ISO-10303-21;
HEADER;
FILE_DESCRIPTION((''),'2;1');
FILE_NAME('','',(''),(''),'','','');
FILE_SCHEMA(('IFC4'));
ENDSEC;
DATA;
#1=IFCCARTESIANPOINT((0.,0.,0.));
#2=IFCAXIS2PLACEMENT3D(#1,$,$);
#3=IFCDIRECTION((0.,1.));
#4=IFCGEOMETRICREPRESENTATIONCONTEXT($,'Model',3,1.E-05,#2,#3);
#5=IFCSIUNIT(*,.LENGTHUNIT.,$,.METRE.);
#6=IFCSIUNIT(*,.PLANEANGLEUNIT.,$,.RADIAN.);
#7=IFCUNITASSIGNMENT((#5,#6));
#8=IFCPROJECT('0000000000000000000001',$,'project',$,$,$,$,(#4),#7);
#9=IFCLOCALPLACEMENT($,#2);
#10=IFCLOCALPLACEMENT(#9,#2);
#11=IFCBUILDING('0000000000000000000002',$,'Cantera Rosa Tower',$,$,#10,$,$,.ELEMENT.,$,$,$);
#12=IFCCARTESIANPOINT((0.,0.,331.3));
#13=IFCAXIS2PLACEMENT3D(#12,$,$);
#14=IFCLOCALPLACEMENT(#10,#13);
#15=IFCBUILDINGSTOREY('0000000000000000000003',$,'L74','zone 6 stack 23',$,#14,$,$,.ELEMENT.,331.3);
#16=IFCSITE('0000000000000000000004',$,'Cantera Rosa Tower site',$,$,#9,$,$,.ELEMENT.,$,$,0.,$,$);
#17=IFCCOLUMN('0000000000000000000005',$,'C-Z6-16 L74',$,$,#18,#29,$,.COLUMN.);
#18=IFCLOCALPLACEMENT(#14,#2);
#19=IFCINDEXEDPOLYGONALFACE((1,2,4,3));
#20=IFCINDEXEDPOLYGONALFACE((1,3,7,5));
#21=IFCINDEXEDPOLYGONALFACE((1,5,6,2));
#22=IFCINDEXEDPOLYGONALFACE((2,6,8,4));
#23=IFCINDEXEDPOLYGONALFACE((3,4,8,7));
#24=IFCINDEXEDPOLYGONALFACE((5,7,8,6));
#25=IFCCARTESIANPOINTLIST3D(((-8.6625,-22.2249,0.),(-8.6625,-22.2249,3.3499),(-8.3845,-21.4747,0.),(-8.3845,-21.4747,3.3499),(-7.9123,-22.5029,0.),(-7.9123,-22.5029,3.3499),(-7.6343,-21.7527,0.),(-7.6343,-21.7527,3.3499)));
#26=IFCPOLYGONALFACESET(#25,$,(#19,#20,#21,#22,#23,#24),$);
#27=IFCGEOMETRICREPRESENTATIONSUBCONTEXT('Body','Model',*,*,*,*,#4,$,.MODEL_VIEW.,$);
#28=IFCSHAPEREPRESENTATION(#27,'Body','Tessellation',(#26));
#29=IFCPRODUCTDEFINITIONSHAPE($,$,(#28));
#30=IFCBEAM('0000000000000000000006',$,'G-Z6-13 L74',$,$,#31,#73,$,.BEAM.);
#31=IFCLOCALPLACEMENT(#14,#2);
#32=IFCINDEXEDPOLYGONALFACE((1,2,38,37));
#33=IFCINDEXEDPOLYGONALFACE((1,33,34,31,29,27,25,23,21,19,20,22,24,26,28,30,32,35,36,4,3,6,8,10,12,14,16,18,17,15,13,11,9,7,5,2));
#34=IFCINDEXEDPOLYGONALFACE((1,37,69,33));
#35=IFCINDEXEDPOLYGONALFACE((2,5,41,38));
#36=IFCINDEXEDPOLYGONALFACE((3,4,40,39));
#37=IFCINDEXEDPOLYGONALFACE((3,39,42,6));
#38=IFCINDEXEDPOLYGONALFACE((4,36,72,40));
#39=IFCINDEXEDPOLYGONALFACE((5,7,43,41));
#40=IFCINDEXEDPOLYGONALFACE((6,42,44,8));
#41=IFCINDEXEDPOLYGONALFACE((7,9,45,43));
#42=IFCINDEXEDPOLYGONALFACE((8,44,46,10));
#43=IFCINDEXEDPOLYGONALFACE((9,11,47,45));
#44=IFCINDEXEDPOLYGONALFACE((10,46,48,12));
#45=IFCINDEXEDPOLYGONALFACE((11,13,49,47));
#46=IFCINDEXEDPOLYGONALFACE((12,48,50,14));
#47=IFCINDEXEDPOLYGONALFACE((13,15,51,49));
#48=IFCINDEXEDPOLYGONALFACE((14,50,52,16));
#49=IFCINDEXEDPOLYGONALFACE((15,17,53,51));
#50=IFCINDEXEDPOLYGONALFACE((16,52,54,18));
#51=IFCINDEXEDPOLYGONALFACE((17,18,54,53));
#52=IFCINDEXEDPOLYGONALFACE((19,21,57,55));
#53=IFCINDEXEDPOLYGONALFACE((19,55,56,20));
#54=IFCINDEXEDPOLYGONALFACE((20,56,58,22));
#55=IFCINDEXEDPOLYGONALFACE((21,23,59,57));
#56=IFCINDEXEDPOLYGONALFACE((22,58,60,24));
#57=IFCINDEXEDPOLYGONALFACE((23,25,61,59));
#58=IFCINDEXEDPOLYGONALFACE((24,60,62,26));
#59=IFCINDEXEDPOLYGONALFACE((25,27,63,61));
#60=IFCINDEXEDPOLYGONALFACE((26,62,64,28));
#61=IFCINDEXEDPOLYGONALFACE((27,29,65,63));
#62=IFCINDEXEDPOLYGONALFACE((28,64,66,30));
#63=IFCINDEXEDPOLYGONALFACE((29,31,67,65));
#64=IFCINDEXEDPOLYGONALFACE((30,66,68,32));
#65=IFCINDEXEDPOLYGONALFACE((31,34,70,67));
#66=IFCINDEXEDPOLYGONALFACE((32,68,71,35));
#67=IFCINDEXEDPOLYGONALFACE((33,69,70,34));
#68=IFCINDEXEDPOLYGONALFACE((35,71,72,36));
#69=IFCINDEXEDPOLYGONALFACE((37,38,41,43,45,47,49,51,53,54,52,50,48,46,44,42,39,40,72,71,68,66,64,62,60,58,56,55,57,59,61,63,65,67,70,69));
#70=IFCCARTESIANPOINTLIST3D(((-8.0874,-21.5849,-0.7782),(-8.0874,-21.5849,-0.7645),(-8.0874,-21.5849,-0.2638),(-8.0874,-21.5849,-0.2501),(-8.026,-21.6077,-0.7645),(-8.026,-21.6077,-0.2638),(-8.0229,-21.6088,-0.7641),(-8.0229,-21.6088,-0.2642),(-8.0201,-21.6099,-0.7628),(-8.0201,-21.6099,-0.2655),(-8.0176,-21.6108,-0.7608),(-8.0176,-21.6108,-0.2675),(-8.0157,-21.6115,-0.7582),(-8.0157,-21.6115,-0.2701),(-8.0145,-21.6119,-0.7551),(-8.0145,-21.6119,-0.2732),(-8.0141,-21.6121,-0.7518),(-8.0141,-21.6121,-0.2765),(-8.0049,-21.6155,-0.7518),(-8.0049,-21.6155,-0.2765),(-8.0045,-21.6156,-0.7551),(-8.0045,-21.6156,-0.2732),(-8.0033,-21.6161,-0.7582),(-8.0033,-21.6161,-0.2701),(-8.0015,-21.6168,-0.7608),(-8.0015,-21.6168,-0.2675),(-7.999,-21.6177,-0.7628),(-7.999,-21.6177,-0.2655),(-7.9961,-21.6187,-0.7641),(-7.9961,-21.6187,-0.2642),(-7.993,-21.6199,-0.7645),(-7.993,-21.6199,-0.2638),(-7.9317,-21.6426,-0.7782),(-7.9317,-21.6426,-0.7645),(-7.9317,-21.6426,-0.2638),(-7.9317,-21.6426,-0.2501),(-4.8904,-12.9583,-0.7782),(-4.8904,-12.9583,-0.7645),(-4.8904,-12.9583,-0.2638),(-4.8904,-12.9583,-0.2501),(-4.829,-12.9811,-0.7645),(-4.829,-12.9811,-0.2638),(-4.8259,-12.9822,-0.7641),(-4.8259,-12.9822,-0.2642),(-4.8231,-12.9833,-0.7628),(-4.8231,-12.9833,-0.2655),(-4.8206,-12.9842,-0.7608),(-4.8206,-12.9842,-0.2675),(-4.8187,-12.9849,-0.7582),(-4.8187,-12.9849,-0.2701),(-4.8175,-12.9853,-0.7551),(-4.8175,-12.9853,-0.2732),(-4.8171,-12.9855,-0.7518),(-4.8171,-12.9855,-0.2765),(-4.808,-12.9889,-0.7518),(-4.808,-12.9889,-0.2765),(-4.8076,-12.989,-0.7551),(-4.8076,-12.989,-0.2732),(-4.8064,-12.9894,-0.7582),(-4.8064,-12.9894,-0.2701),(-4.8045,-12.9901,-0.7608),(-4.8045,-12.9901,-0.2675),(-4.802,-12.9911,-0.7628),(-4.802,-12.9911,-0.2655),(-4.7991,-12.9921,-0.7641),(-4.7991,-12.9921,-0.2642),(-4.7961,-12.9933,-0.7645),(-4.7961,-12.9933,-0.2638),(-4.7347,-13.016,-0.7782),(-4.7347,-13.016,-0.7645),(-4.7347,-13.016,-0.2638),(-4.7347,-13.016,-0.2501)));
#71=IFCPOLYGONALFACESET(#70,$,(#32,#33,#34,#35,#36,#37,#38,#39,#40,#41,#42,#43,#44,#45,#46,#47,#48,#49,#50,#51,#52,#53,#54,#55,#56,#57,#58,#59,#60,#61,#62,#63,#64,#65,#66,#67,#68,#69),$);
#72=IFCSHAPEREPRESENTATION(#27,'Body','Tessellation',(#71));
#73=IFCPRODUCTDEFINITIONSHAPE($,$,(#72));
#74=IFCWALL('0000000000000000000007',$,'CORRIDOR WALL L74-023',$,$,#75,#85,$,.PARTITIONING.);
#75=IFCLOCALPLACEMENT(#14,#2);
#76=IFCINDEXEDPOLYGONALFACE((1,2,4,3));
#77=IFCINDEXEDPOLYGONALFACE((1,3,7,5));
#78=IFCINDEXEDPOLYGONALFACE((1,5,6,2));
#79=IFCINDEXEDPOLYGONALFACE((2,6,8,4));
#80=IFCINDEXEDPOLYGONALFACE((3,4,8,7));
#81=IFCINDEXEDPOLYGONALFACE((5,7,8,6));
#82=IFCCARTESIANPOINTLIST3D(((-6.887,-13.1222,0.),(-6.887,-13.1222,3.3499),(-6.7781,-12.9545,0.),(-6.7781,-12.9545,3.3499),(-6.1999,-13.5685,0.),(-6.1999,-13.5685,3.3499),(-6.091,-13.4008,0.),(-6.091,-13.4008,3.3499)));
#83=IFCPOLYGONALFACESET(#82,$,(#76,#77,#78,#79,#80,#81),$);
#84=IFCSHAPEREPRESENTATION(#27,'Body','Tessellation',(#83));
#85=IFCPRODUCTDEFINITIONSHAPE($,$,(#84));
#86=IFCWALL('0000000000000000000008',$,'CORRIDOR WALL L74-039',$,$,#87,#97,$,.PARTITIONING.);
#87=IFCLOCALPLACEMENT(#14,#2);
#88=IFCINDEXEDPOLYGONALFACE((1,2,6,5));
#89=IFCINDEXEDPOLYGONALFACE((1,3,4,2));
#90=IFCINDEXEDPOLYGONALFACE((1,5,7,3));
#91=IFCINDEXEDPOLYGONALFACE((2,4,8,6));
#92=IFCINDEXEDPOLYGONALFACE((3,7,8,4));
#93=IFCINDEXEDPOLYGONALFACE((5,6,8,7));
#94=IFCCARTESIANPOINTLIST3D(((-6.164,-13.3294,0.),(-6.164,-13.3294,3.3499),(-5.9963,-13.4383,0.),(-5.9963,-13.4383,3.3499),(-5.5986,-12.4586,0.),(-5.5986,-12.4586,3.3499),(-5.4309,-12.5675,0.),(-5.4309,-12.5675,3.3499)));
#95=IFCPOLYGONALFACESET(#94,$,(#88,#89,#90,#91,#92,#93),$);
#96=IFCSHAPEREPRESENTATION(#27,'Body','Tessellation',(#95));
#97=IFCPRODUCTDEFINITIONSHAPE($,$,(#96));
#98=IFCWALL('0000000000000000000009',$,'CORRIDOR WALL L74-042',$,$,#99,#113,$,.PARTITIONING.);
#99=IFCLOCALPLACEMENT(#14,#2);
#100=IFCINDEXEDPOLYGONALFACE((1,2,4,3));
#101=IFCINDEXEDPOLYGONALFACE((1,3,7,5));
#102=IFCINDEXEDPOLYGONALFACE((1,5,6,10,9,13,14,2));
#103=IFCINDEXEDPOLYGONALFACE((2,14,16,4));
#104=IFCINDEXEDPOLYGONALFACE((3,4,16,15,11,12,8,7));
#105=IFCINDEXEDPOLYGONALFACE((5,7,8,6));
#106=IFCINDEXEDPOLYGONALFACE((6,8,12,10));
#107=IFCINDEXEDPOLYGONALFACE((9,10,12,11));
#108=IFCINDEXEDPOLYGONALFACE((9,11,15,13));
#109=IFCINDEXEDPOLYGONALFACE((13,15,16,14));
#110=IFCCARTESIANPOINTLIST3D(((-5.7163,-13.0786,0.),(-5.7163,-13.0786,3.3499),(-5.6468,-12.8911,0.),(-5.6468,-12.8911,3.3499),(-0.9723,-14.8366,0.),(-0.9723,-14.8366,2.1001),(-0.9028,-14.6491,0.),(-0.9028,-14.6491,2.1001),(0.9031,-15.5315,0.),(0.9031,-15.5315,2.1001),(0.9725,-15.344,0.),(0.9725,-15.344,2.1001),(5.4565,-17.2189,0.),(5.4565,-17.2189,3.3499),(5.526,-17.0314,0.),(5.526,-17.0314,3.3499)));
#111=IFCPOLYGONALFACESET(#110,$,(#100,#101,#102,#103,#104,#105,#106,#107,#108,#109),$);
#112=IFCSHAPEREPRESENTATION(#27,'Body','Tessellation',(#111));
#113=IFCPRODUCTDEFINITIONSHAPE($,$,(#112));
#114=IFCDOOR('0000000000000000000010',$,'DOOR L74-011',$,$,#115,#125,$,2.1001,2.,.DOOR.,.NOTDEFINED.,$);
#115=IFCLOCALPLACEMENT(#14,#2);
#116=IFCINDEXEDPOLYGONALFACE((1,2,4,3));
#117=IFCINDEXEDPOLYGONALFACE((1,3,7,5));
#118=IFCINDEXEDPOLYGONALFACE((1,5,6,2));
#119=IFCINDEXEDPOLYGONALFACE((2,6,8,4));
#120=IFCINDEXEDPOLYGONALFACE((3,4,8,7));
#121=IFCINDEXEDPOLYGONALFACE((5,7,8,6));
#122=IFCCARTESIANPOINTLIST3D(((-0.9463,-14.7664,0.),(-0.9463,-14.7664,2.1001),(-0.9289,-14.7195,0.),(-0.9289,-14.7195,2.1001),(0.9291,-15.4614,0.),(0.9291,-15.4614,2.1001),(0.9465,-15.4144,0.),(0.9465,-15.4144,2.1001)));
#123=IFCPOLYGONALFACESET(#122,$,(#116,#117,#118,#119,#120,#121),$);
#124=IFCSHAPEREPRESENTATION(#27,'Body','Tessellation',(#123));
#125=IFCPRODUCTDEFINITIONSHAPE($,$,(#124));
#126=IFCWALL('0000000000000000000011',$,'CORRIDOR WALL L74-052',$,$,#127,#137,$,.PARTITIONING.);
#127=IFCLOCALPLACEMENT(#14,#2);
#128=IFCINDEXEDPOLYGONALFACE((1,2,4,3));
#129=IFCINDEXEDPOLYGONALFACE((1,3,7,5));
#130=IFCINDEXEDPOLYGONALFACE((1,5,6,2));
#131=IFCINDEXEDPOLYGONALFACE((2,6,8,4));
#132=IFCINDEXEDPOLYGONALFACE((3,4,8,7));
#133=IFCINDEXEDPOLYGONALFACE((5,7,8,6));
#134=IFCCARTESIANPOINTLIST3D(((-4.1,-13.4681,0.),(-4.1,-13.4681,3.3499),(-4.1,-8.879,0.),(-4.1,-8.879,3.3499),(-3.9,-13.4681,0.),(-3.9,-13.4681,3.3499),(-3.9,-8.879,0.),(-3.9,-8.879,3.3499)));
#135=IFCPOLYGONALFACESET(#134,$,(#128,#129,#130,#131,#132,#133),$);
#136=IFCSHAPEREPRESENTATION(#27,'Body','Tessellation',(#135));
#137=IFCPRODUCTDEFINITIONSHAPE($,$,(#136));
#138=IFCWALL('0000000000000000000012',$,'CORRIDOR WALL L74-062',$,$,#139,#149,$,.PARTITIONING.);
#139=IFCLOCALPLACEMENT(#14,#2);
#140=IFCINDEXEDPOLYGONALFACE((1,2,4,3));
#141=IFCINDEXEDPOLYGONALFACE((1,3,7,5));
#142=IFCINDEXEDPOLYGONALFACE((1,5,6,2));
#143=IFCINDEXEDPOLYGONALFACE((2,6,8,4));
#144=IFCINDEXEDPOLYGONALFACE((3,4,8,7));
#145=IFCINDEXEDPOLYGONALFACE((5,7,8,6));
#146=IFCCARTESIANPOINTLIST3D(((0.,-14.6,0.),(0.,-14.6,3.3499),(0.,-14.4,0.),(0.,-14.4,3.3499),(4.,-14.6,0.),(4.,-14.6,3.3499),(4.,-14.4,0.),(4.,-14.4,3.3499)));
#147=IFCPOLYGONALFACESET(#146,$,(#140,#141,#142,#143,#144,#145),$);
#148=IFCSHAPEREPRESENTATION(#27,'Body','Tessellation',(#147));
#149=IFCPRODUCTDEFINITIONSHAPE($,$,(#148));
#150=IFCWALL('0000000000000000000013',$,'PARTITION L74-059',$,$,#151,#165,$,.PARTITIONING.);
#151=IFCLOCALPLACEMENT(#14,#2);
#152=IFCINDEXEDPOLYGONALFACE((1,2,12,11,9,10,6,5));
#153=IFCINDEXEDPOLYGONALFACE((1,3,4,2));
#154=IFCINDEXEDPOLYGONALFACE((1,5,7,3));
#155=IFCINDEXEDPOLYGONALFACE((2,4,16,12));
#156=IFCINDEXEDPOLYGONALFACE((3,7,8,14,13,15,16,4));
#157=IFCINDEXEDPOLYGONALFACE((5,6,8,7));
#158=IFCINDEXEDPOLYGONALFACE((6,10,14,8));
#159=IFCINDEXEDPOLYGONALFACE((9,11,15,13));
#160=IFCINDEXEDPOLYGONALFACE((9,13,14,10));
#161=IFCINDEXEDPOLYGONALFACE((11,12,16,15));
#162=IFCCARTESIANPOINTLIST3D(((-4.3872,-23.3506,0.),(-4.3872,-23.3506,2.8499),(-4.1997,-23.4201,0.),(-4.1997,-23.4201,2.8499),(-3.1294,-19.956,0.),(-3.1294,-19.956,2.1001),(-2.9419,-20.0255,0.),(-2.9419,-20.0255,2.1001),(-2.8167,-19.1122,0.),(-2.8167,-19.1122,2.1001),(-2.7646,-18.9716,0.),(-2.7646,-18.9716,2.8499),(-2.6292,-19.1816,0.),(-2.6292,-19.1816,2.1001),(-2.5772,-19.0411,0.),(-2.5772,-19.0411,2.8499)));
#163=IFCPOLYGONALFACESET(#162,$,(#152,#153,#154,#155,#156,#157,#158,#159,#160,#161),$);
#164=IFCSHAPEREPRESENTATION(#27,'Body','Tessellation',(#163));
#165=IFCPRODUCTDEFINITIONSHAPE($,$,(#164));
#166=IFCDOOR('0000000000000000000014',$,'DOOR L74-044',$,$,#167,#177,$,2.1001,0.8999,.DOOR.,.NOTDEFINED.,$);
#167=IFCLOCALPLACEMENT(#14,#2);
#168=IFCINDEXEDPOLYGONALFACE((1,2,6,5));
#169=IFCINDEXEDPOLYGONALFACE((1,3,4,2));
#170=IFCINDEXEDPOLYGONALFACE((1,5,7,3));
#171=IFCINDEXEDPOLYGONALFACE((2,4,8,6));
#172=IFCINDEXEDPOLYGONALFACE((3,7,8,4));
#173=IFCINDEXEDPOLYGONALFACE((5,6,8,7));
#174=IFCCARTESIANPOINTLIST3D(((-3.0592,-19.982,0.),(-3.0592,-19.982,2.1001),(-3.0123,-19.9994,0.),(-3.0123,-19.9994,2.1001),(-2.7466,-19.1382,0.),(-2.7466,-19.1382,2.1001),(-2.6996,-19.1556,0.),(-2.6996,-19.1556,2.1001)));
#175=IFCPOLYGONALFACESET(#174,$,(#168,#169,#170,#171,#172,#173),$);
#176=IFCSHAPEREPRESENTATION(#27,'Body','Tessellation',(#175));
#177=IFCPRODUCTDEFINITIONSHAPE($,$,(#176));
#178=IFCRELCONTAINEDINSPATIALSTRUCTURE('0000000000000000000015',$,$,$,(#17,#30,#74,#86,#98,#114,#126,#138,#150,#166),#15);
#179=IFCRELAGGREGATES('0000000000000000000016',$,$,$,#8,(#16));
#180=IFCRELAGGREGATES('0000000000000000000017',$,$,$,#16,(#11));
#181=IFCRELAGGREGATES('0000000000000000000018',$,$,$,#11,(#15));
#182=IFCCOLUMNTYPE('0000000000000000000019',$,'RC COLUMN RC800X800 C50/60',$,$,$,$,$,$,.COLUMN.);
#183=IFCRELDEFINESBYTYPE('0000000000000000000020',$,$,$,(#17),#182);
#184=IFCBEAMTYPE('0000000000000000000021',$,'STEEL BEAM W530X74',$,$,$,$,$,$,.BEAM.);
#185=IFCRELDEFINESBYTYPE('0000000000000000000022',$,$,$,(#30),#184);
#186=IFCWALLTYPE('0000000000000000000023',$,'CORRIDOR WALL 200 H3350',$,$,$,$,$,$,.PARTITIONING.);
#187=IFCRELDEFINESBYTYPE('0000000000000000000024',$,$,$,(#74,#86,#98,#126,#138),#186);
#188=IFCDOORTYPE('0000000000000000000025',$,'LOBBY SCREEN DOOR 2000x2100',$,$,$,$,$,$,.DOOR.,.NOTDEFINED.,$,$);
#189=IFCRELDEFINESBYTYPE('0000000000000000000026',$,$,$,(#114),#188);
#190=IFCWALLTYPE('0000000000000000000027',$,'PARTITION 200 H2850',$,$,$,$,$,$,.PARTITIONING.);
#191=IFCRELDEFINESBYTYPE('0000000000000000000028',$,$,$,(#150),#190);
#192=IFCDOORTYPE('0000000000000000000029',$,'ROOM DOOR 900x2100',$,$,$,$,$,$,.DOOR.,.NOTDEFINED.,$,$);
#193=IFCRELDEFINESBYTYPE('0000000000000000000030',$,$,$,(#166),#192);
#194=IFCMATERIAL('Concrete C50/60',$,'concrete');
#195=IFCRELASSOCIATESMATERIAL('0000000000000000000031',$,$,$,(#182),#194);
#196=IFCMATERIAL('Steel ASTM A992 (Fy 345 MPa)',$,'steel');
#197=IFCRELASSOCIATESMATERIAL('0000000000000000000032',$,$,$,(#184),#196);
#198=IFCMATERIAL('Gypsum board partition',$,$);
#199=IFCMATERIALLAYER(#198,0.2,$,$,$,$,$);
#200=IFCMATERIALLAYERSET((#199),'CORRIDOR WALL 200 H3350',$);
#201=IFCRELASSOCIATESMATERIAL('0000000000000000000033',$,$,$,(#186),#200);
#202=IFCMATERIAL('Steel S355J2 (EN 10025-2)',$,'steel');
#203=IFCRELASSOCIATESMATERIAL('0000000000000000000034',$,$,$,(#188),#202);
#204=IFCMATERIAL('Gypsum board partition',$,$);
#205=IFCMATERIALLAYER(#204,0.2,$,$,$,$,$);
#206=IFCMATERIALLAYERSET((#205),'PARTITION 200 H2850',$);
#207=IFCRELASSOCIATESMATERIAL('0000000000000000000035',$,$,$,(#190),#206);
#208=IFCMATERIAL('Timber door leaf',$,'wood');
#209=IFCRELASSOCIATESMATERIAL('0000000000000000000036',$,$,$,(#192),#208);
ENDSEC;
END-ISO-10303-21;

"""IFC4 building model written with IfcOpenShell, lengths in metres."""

from ifc_helpers import new_model, si_unit, direction, frame, frame_2d, origin, origin_2d, place, context, subcontext, project, spatial, rectangle, i_section, extrude, material, layer, layer_set, material_profile, profile_set, type_object, element, fill, save


model = new_model("IFC4")

# Units and contexts
model_context = context("Model", 3, precision=1e-05, world=origin(), true_north=direction((0.0, 1.0)))
body_context = subcontext(model_context, "Body", "Model", "MODEL_VIEW")
ifc_project = project(units=[si_unit("LENGTHUNIT", "METRE"), si_unit("PLANEANGLEUNIT", "RADIAN")], contexts=[model_context])

# Site, building, storey
site_placement = place(None, origin())
site = spatial("IfcSite", under=ifc_project, at=site_placement, Name="Cantera Rosa Tower site", CompositionType="ELEMENT", RefElevation=0.0)
building_placement = place(site_placement, origin())
building = spatial("IfcBuilding", under=site, at=building_placement, Name="Cantera Rosa Tower", CompositionType="ELEMENT")
storey_placement = place(building_placement, frame((0.0, 0.0, 331.3)))
storey = spatial("IfcBuildingStorey", under=building, at=storey_placement, Name="L74", Description="zone 6 stack 23", CompositionType="ELEMENT", Elevation=331.3)

# Column
ifc_material_1 = material(Name="Concrete C50/60", Category="concrete")
ifc_material_profile_1 = material_profile(ifc_material_1, rectangle(XDim=0.8, YDim=0.8, at=origin_2d()), Name="RC COLUMN RC800X800 C50/60")
ifc_profile_set_1 = profile_set([ifc_material_profile_1], Name="Concrete C50/60")
column_type = type_object("IfcColumnType", Name="RC COLUMN RC800X800 C50/60", PredefinedType="COLUMN", material=ifc_profile_set_1)
column_placement = place(storey_placement, frame((-8.1484, -21.9888, 0.0), z_axis=(0.0, 0.0, 1.0), x_axis=(0.347481, 0.937687, 0.0)))
element("IfcColumn", 1, at=column_placement, inside=storey, type_object=column_type, Name="C-Z6-16 L74", PredefinedType="COLUMN", context=body_context, shape_type="SweptSolid", body=[
    extrude(rectangle(XDim=0.8, YDim=0.8, at=origin_2d()), origin(), (0.0, 0.0, 1.0), 3.3499),
])

# Beam
ifc_material_2 = material(Name="Steel ASTM A992 (Fy 345 MPa)", Category="steel")
ifc_material_profile_2 = material_profile(ifc_material_2, i_section(OverallWidth=0.166, OverallDepth=0.5281, WebThickness=0.0098, FlangeThickness=0.0137, FilletRadius=0.0127, at=origin_2d()), Name="W530X74")
ifc_profile_set_2 = profile_set([ifc_material_profile_2], Name="Steel ASTM A992 (Fy 345 MPa)")
beam_type = type_object("IfcBeamType", Name="STEEL BEAM W530X74", PredefinedType="BEAM", material=ifc_profile_set_2)
beam_placement = place(storey_placement, frame((-8.0095, -21.6138, -0.5142), z_axis=(0.3475, 0.93768, 0.0), x_axis=(-0.93768, 0.3475, 0.0)))
element("IfcBeam", 2, at=beam_placement, inside=storey, type_object=beam_type, Name="G-Z6-13 L74", PredefinedType="BEAM", context=body_context, shape_type="SweptSolid", body=[
    extrude(i_section(OverallWidth=0.166, OverallDepth=0.5281, WebThickness=0.0098, FlangeThickness=0.0137, FilletRadius=0.0127, at=origin_2d()), origin(), (0.0, 0.0, 1.0), 9.2),
])

# Walls
ifc_material_3 = material(Name="Gypsum board partition")
ifc_layer_1 = layer(ifc_material_3, 0.2)
ifc_layer_set_1 = layer_set([ifc_layer_1], Name="CORRIDOR WALL 200 H3350")
wall_type_1 = type_object("IfcWallType", Name="CORRIDOR WALL 200 H3350", PredefinedType="PARTITIONING", material=ifc_layer_set_1)
wall_1_placement = place(storey_placement, frame((-6.8325, -13.0383, 0.0), z_axis=(0.0, 0.0, 1.0), x_axis=(0.838593, -0.544758, 0.0)))
element("IfcWall", 3, at=wall_1_placement, inside=storey, type_object=wall_type_1, Name="CORRIDOR WALL L74-023", PredefinedType="PARTITIONING", context=body_context, shape_type="SweptSolid", body=[
    extrude(rectangle(XDim=0.8193, YDim=0.2, at=frame_2d((0.4097, 0.0))), origin(), (0.0, 0.0, 1.0), 3.3499),
])
wall_2_placement = place(storey_placement, frame((-6.0801, -13.3838, 0.0), z_axis=(0.0, 0.0, 1.0), x_axis=(0.544567, 0.838717, 0.0)))
element("IfcWall", 4, at=wall_2_placement, inside=storey, type_object=wall_type_1, Name="CORRIDOR WALL L74-039", PredefinedType="PARTITIONING", context=body_context, shape_type="SweptSolid", body=[
    extrude(rectangle(XDim=1.0383, YDim=0.2, at=frame_2d((0.519, 0.0))), origin(), (0.0, 0.0, 1.0), 3.3499),
])

# Wall, opening, door
wall_3_placement = place(storey_placement, frame((-5.6814, -12.9849, 0.0), z_axis=(0.0, 0.0, 1.0), x_axis=(0.937686, -0.347483, 0.0)))
wall_3 = element("IfcWall", 5, at=wall_3_placement, inside=storey, type_object=wall_type_1, Name="CORRIDOR WALL L74-042", PredefinedType="PARTITIONING", context=body_context, shape_type="SweptSolid", body=[
    extrude(rectangle(XDim=11.9153, YDim=0.2, at=frame_2d((5.9575, 0.0))), origin(), (0.0, 0.0, 1.0), 3.3499),
])
opening_1_placement = place(wall_3_placement, frame((5.0591, 0.0, 0.0)))
opening_1 = element("IfcOpeningElement", 6, at=opening_1_placement, cuts=wall_3, PredefinedType="OPENING", context=body_context, shape_type="SweptSolid", body=[
    extrude(rectangle(XDim=2.0, YDim=2.1001, at=frame_2d((1.0, 1.05))), frame((0.0, 0.1099, 0.0), z_axis=(0.0, -1.0, 0.0), x_axis=(1.0, 0.0, 0.0)), (0.0, 0.0, 1.0), 0.22),
])
ifc_material_4 = material(Name="Steel S355J2 (EN 10025-2)", Category="steel")
door_type_1 = type_object("IfcDoorType", Name="LOBBY SCREEN DOOR 2000x2100", OperationType="NOTDEFINED", PredefinedType="DOOR", material=ifc_material_4)
door_1_placement = place(opening_1_placement, origin())
door_1 = element("IfcDoor", 7, at=door_1_placement, inside=storey, type_object=door_type_1, Name="DOOR L74-011", OperationType="NOTDEFINED", OverallHeight=2.1001, OverallWidth=2.0, PredefinedType="DOOR", context=body_context, shape_type="SweptSolid", body=[
    extrude(rectangle(XDim=2.0, YDim=2.1001, at=frame_2d((1.0, 1.05))), frame((0.0, 0.0249, 0.0), z_axis=(0.0, -1.0, 0.0), x_axis=(1.0, 0.0, 0.0)), (0.0, 0.0, 1.0), 0.05),
])
fill(opening_1, door_1)

# Walls
wall_4_placement = place(storey_placement, frame((-4.0, -13.468, 0.0), z_axis=(0.0, 0.0, 1.0), x_axis=(0.0, 1.0, 0.0)))
element("IfcWall", 8, at=wall_4_placement, inside=storey, type_object=wall_type_1, Name="CORRIDOR WALL L74-052", PredefinedType="PARTITIONING", context=body_context, shape_type="SweptSolid", body=[
    extrude(rectangle(XDim=4.5891, YDim=0.2, at=frame_2d((2.2944, 0.0))), origin(), (0.0, 0.0, 1.0), 3.3499),
])
wall_5_placement = place(storey_placement, frame((0.0, -14.5, 0.0), z_axis=(0.0, 0.0, 1.0), x_axis=(1.0, 0.0, 0.0)))
element("IfcWall", 9, at=wall_5_placement, inside=storey, type_object=wall_type_1, Name="CORRIDOR WALL L74-062", PredefinedType="PARTITIONING", context=body_context, shape_type="SweptSolid", body=[
    extrude(rectangle(XDim=4.0, YDim=0.2, at=frame_2d((2.0, 0.0))), origin(), (0.0, 0.0, 1.0), 3.3499),
])

# Wall, opening, door
ifc_material_5 = material(Name="Gypsum board partition")
ifc_layer_2 = layer(ifc_material_5, 0.2)
ifc_layer_set_2 = layer_set([ifc_layer_2], Name="PARTITION 200 H2850")
wall_type_2 = type_object("IfcWallType", Name="PARTITION 200 H2850", PredefinedType="PARTITIONING", material=ifc_layer_set_2)
wall_6_placement = place(storey_placement, frame((-2.6709, -19.0063, 0.0), z_axis=(0.0, 0.0, 1.0), x_axis=(-0.347454, -0.937697, 0.0)))
wall_6 = element("IfcWall", 10, at=wall_6_placement, inside=storey, type_object=wall_type_2, Name="PARTITION L74-059", PredefinedType="PARTITIONING", context=body_context, shape_type="SweptSolid", body=[
    extrude(rectangle(XDim=4.6699, YDim=0.2, at=frame_2d((2.335, 0.0))), origin(), (0.0, 0.0, 1.0), 2.8499),
])
opening_2_placement = place(wall_6_placement, frame((0.1499, 0.0, 0.0)))
opening_2 = element("IfcOpeningElement", 11, at=opening_2_placement, cuts=wall_6, PredefinedType="OPENING", context=body_context, shape_type="SweptSolid", body=[
    extrude(rectangle(XDim=0.8999, YDim=2.1001, at=frame_2d((0.45, 1.05))), frame((0.0, 0.1099, 0.0), z_axis=(0.0, -1.0, 0.0), x_axis=(1.0, 0.0, 0.0)), (0.0, 0.0, 1.0), 0.22),
])
ifc_material_6 = material(Name="Timber door leaf", Category="wood")
door_type_2 = type_object("IfcDoorType", Name="ROOM DOOR 900x2100", OperationType="NOTDEFINED", PredefinedType="DOOR", material=ifc_material_6)
door_2_placement = place(opening_2_placement, origin())
door_2 = element("IfcDoor", 12, at=door_2_placement, inside=storey, type_object=door_type_2, Name="DOOR L74-044", OperationType="NOTDEFINED", OverallHeight=2.1001, OverallWidth=0.8999, PredefinedType="DOOR", context=body_context, shape_type="SweptSolid", body=[
    extrude(rectangle(XDim=0.8999, YDim=2.1001, at=frame_2d((0.45, 1.05))), frame((0.0, 0.0249, 0.0), z_axis=(0.0, -1.0, 0.0), x_axis=(1.0, 0.0, 0.0)), (0.0, 0.0, 1.0), 0.05),
])
fill(opening_2, door_2)

save(model, "model.ifc")
